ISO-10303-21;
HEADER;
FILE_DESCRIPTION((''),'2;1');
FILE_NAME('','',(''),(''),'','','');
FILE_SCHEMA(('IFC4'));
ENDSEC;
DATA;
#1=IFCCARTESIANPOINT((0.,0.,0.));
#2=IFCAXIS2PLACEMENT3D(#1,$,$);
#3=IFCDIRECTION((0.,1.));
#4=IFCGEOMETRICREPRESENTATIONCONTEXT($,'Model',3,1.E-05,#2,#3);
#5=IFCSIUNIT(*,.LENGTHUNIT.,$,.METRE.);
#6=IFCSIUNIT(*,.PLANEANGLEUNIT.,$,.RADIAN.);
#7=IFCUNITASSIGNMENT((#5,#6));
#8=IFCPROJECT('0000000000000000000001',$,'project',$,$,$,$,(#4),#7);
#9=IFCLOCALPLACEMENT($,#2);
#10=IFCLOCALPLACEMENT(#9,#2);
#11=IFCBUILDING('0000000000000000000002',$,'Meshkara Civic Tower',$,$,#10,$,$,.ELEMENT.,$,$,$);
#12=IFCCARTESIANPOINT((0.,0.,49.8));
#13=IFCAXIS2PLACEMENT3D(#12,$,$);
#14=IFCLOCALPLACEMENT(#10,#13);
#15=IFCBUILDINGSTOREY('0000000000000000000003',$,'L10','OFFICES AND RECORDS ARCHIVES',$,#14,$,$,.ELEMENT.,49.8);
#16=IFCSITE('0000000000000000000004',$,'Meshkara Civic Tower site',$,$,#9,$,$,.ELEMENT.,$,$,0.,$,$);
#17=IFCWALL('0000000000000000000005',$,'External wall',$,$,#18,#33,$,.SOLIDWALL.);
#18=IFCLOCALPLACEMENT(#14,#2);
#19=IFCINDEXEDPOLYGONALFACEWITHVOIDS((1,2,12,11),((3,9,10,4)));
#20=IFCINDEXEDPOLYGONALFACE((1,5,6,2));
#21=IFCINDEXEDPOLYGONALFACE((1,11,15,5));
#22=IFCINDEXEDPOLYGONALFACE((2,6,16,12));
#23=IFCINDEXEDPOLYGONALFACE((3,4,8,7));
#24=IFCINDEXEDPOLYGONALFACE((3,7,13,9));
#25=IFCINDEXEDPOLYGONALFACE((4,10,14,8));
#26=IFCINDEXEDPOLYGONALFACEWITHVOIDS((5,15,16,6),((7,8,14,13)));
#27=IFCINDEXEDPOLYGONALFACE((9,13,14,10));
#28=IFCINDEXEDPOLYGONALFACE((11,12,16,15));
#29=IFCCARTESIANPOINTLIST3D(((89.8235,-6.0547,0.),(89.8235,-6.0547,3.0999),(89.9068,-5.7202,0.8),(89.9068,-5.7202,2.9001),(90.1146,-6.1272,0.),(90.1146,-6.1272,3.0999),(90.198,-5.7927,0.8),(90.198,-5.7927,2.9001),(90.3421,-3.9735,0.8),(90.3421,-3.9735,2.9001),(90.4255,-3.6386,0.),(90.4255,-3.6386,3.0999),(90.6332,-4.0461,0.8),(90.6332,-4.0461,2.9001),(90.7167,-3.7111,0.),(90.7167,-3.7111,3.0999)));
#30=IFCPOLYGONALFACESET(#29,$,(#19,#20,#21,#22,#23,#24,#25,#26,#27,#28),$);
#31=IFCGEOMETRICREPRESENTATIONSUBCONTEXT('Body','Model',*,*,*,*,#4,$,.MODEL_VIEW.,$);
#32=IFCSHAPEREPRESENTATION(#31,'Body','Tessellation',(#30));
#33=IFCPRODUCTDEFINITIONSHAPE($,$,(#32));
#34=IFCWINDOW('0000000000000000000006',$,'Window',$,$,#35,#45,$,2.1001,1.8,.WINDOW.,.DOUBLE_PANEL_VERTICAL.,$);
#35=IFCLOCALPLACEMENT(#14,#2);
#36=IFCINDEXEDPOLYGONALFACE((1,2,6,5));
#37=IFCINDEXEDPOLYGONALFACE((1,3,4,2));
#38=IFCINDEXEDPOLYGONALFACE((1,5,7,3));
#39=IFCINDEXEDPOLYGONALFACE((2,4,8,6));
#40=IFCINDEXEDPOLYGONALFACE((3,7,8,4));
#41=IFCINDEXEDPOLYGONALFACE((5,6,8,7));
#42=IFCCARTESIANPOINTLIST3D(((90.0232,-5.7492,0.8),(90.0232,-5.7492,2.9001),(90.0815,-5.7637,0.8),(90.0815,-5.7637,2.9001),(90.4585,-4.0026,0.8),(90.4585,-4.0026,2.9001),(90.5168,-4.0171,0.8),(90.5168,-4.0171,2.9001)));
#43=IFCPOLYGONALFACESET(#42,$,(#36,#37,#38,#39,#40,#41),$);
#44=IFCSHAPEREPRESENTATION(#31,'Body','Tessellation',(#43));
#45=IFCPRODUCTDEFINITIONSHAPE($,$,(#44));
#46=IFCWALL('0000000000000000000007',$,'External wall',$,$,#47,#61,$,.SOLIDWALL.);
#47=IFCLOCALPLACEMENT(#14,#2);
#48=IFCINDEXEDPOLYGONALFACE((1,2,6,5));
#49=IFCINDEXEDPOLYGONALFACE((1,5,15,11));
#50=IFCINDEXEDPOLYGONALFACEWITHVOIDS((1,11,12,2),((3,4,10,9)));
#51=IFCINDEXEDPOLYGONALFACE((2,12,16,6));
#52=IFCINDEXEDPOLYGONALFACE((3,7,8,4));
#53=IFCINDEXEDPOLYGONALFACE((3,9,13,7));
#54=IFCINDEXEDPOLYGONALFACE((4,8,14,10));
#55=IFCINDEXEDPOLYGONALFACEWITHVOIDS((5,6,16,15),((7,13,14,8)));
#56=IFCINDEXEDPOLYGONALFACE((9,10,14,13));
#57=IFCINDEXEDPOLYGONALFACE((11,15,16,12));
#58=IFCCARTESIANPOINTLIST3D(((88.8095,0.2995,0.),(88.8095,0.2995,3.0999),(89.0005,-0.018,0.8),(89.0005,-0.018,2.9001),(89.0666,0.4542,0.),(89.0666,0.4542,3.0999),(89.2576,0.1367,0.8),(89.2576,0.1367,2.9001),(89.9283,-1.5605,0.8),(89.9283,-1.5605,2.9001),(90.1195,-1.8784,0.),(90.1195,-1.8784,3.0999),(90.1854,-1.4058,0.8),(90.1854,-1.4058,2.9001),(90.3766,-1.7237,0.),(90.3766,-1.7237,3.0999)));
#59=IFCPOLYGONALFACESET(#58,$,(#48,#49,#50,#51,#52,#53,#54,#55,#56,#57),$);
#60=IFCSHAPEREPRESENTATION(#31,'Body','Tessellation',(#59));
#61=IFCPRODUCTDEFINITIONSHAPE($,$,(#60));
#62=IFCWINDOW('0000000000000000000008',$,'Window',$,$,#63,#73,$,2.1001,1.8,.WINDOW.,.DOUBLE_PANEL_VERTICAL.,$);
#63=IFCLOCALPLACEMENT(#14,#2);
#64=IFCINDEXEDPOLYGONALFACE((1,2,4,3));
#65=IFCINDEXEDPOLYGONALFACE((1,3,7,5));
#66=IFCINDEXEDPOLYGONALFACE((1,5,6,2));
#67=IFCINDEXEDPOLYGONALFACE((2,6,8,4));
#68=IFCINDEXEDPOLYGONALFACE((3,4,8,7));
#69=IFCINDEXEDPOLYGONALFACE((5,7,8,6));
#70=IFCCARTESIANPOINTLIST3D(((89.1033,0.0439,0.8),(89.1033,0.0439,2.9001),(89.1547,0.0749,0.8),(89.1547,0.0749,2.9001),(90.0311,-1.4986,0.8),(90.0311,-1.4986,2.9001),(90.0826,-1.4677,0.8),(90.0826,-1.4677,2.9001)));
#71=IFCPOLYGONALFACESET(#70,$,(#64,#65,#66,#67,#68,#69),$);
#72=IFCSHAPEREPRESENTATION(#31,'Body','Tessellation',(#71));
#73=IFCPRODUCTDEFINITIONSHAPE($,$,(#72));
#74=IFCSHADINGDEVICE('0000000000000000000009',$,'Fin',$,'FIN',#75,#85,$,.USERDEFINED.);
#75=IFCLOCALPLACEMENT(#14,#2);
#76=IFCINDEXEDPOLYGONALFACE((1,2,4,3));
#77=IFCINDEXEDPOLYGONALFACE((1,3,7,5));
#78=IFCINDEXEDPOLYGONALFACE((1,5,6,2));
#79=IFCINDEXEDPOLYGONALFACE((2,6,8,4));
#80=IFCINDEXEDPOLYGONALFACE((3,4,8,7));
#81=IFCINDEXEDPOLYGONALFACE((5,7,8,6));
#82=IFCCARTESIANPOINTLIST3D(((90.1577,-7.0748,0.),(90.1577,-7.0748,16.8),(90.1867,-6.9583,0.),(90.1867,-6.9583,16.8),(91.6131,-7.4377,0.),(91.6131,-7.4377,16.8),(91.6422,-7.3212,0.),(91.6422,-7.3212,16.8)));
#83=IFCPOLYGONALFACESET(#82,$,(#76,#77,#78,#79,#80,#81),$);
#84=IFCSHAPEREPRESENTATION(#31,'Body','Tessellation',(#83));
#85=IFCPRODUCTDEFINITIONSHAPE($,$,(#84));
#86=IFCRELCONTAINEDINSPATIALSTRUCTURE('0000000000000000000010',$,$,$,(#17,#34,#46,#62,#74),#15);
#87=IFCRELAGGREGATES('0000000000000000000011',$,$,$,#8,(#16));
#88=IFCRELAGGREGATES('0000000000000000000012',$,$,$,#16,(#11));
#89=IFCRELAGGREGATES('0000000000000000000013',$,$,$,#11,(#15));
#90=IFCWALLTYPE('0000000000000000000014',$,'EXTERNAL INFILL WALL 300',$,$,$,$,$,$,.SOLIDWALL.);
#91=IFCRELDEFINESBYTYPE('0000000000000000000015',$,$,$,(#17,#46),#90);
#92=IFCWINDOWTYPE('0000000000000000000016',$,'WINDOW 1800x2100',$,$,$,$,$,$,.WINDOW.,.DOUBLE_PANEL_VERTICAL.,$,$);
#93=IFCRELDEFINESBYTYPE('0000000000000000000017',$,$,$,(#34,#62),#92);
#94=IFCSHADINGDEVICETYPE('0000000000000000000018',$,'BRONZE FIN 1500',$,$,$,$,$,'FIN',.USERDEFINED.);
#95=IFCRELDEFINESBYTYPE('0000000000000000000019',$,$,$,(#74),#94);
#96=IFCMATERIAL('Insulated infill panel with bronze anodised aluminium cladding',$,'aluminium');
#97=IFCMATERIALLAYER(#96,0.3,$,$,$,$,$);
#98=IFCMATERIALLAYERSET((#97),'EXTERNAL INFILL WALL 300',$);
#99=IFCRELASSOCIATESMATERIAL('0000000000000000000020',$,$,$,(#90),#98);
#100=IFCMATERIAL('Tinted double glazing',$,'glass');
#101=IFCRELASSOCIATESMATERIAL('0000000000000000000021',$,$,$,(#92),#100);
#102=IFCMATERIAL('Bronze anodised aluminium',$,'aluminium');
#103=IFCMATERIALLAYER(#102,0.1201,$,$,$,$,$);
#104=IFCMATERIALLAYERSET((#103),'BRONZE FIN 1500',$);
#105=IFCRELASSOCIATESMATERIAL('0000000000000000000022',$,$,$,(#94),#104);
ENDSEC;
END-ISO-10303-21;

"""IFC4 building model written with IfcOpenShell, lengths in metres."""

from ifc_helpers import new_model, si_unit, direction, frame, frame_2d, origin, origin_2d, place, context, subcontext, project, spatial, rectangle, extrude, material, layer, layer_set, type_object, element, fill, save


model = new_model("IFC4")

# Units and contexts
model_context = context("Model", 3, precision=1e-05, world=origin(), true_north=direction((0.0, 1.0)))
body_context = subcontext(model_context, "Body", "Model", "MODEL_VIEW")
ifc_project = project(units=[si_unit("LENGTHUNIT", "METRE"), si_unit("PLANEANGLEUNIT", "RADIAN")], contexts=[model_context])

# Site, building, storey
site_placement = place(None, origin())
site = spatial("IfcSite", under=ifc_project, at=site_placement, Name="Meshkara Civic Tower site", CompositionType="ELEMENT", RefElevation=0.0)
building_placement = place(site_placement, origin())
building = spatial("IfcBuilding", under=site, at=building_placement, Name="Meshkara Civic Tower", CompositionType="ELEMENT")
storey_placement = place(building_placement, frame((0.0, 0.0, 49.8)))
storey = spatial("IfcBuildingStorey", under=building, at=storey_placement, Name="L10", Description="OFFICES AND RECORDS ARCHIVES", CompositionType="ELEMENT", Elevation=49.8)

# Walls, openings, windows
ifc_material_1 = material(Name="Insulated infill panel with bronze anodised aluminium cladding", Category="aluminium")
ifc_layer_1 = layer(ifc_material_1, 0.3)
ifc_layer_set_1 = layer_set([ifc_layer_1], Name="EXTERNAL INFILL WALL 300")
wall_type = type_object("IfcWallType", Name="EXTERNAL INFILL WALL 300", PredefinedType="SOLIDWALL", material=ifc_layer_set_1)
wall_1_placement = place(storey_placement, frame((89.969, -6.0911, 0.0), z_axis=(0.0, 0.0, 1.0), x_axis=(0.241797, 0.970327, 0.0)))
wall_1 = element("IfcWall", 1, at=wall_1_placement, inside=storey, type_object=wall_type, Name="External wall", PredefinedType="SOLIDWALL", context=body_context, shape_type="SweptSolid", body=[
    extrude(rectangle(XDim=2.49, YDim=0.3, at=frame_2d((1.2451, 0.0))), origin(), (0.0, 0.0, 1.0), 3.0999),
])
opening_1_placement = place(wall_1_placement, frame((0.345, 0.0, 0.8)))
opening_1 = element("IfcOpeningElement", 2, at=opening_1_placement, cuts=wall_1, PredefinedType="OPENING", context=body_context, shape_type="SweptSolid", body=[
    extrude(rectangle(XDim=1.8, YDim=2.1001, at=frame_2d((0.8999, 1.05))), frame((0.0, 0.1599, 0.0), z_axis=(0.0, -1.0, 0.0), x_axis=(1.0, 0.0, 0.0)), (0.0, 0.0, 1.0), 0.3201),
])
ifc_material_2 = material(Name="Tinted double glazing", Category="glass")
window_type_1 = type_object("IfcWindowType", Name="WINDOW 1800x2100", PartitioningType="DOUBLE_PANEL_VERTICAL", PredefinedType="WINDOW", material=ifc_material_2)
window_1_placement = place(opening_1_placement, origin())
window_1 = element("IfcWindow", 3, at=window_1_placement, inside=storey, type_object=window_type_1, Name="Window", OverallHeight=2.1001, OverallWidth=1.8, PartitioningType="DOUBLE_PANEL_VERTICAL", PredefinedType="WINDOW", context=body_context, shape_type="SweptSolid", body=[
    extrude(rectangle(XDim=1.8, YDim=2.1001, at=frame_2d((0.8999, 1.05))), frame((0.0, 0.03, 0.0), z_axis=(0.0, -1.0, 0.0), x_axis=(1.0, 0.0, 0.0)), (0.0, 0.0, 1.0), 0.0601),
])
fill(opening_1, window_1)
wall_2_placement = place(storey_placement, frame((90.248, -1.801, 0.0), z_axis=(0.0, 0.0, 1.0), x_axis=(-0.515442, 0.856925, 0.0)))
wall_2 = element("IfcWall", 4, at=wall_2_placement, inside=storey, type_object=wall_type, Name="External wall", PredefinedType="SOLIDWALL", context=body_context, shape_type="SweptSolid", body=[
    extrude(rectangle(XDim=2.5415, YDim=0.3, at=frame_2d((1.2708, 0.0))), origin(), (0.0, 0.0, 1.0), 3.0999),
])
opening_2_placement = place(wall_2_placement, frame((0.3711, 0.0, 0.8)))
opening_2 = element("IfcOpeningElement", 5, at=opening_2_placement, cuts=wall_2, PredefinedType="OPENING", context=body_context, shape_type="SweptSolid", body=[
    extrude(rectangle(XDim=1.8, YDim=2.1001, at=frame_2d((0.8999, 1.05))), frame((0.0, 0.1599, 0.0), z_axis=(0.0, -1.0, 0.0), x_axis=(1.0, 0.0, 0.0)), (0.0, 0.0, 1.0), 0.3201),
])
window_2_placement = place(opening_2_placement, origin())
window_2 = element("IfcWindow", 6, at=window_2_placement, inside=storey, type_object=window_type_1, Name="Window", OverallHeight=2.1001, OverallWidth=1.8, PartitioningType="DOUBLE_PANEL_VERTICAL", PredefinedType="WINDOW", context=body_context, shape_type="SweptSolid", body=[
    extrude(rectangle(XDim=1.8, YDim=2.1001, at=frame_2d((0.8999, 1.05))), frame((0.0, 0.03, 0.0), z_axis=(0.0, -1.0, 0.0), x_axis=(1.0, 0.0, 0.0)), (0.0, 0.0, 1.0), 0.0601),
])
fill(opening_2, window_2)

# Shading device
ifc_material_3 = material(Name="Bronze anodised aluminium", Category="aluminium")
ifc_layer_2 = layer(ifc_material_3, 0.1201)
ifc_layer_set_2 = layer_set([ifc_layer_2], Name="BRONZE FIN 1500")
shading_device_type = type_object("IfcShadingDeviceType", Name="BRONZE FIN 1500", ElementType="FIN", PredefinedType="USERDEFINED", material=ifc_layer_set_2)
shading_device_placement = place(storey_placement, frame((90.8999, -7.198, 0.0), z_axis=(0.0, 0.0, 1.0), x_axis=(0.241922, 0.970296, 0.0)))
element("IfcShadingDevice", 7, at=shading_device_placement, inside=storey, type_object=shading_device_type, Name="Fin", ObjectType="FIN", PredefinedType="USERDEFINED", context=body_context, shape_type="SweptSolid", body=[
    extrude(rectangle(XDim=0.1201, YDim=1.5, at=origin_2d()), origin(), (0.0, 0.0, 1.0), 16.8),
])

save(model, "model.ifc")
